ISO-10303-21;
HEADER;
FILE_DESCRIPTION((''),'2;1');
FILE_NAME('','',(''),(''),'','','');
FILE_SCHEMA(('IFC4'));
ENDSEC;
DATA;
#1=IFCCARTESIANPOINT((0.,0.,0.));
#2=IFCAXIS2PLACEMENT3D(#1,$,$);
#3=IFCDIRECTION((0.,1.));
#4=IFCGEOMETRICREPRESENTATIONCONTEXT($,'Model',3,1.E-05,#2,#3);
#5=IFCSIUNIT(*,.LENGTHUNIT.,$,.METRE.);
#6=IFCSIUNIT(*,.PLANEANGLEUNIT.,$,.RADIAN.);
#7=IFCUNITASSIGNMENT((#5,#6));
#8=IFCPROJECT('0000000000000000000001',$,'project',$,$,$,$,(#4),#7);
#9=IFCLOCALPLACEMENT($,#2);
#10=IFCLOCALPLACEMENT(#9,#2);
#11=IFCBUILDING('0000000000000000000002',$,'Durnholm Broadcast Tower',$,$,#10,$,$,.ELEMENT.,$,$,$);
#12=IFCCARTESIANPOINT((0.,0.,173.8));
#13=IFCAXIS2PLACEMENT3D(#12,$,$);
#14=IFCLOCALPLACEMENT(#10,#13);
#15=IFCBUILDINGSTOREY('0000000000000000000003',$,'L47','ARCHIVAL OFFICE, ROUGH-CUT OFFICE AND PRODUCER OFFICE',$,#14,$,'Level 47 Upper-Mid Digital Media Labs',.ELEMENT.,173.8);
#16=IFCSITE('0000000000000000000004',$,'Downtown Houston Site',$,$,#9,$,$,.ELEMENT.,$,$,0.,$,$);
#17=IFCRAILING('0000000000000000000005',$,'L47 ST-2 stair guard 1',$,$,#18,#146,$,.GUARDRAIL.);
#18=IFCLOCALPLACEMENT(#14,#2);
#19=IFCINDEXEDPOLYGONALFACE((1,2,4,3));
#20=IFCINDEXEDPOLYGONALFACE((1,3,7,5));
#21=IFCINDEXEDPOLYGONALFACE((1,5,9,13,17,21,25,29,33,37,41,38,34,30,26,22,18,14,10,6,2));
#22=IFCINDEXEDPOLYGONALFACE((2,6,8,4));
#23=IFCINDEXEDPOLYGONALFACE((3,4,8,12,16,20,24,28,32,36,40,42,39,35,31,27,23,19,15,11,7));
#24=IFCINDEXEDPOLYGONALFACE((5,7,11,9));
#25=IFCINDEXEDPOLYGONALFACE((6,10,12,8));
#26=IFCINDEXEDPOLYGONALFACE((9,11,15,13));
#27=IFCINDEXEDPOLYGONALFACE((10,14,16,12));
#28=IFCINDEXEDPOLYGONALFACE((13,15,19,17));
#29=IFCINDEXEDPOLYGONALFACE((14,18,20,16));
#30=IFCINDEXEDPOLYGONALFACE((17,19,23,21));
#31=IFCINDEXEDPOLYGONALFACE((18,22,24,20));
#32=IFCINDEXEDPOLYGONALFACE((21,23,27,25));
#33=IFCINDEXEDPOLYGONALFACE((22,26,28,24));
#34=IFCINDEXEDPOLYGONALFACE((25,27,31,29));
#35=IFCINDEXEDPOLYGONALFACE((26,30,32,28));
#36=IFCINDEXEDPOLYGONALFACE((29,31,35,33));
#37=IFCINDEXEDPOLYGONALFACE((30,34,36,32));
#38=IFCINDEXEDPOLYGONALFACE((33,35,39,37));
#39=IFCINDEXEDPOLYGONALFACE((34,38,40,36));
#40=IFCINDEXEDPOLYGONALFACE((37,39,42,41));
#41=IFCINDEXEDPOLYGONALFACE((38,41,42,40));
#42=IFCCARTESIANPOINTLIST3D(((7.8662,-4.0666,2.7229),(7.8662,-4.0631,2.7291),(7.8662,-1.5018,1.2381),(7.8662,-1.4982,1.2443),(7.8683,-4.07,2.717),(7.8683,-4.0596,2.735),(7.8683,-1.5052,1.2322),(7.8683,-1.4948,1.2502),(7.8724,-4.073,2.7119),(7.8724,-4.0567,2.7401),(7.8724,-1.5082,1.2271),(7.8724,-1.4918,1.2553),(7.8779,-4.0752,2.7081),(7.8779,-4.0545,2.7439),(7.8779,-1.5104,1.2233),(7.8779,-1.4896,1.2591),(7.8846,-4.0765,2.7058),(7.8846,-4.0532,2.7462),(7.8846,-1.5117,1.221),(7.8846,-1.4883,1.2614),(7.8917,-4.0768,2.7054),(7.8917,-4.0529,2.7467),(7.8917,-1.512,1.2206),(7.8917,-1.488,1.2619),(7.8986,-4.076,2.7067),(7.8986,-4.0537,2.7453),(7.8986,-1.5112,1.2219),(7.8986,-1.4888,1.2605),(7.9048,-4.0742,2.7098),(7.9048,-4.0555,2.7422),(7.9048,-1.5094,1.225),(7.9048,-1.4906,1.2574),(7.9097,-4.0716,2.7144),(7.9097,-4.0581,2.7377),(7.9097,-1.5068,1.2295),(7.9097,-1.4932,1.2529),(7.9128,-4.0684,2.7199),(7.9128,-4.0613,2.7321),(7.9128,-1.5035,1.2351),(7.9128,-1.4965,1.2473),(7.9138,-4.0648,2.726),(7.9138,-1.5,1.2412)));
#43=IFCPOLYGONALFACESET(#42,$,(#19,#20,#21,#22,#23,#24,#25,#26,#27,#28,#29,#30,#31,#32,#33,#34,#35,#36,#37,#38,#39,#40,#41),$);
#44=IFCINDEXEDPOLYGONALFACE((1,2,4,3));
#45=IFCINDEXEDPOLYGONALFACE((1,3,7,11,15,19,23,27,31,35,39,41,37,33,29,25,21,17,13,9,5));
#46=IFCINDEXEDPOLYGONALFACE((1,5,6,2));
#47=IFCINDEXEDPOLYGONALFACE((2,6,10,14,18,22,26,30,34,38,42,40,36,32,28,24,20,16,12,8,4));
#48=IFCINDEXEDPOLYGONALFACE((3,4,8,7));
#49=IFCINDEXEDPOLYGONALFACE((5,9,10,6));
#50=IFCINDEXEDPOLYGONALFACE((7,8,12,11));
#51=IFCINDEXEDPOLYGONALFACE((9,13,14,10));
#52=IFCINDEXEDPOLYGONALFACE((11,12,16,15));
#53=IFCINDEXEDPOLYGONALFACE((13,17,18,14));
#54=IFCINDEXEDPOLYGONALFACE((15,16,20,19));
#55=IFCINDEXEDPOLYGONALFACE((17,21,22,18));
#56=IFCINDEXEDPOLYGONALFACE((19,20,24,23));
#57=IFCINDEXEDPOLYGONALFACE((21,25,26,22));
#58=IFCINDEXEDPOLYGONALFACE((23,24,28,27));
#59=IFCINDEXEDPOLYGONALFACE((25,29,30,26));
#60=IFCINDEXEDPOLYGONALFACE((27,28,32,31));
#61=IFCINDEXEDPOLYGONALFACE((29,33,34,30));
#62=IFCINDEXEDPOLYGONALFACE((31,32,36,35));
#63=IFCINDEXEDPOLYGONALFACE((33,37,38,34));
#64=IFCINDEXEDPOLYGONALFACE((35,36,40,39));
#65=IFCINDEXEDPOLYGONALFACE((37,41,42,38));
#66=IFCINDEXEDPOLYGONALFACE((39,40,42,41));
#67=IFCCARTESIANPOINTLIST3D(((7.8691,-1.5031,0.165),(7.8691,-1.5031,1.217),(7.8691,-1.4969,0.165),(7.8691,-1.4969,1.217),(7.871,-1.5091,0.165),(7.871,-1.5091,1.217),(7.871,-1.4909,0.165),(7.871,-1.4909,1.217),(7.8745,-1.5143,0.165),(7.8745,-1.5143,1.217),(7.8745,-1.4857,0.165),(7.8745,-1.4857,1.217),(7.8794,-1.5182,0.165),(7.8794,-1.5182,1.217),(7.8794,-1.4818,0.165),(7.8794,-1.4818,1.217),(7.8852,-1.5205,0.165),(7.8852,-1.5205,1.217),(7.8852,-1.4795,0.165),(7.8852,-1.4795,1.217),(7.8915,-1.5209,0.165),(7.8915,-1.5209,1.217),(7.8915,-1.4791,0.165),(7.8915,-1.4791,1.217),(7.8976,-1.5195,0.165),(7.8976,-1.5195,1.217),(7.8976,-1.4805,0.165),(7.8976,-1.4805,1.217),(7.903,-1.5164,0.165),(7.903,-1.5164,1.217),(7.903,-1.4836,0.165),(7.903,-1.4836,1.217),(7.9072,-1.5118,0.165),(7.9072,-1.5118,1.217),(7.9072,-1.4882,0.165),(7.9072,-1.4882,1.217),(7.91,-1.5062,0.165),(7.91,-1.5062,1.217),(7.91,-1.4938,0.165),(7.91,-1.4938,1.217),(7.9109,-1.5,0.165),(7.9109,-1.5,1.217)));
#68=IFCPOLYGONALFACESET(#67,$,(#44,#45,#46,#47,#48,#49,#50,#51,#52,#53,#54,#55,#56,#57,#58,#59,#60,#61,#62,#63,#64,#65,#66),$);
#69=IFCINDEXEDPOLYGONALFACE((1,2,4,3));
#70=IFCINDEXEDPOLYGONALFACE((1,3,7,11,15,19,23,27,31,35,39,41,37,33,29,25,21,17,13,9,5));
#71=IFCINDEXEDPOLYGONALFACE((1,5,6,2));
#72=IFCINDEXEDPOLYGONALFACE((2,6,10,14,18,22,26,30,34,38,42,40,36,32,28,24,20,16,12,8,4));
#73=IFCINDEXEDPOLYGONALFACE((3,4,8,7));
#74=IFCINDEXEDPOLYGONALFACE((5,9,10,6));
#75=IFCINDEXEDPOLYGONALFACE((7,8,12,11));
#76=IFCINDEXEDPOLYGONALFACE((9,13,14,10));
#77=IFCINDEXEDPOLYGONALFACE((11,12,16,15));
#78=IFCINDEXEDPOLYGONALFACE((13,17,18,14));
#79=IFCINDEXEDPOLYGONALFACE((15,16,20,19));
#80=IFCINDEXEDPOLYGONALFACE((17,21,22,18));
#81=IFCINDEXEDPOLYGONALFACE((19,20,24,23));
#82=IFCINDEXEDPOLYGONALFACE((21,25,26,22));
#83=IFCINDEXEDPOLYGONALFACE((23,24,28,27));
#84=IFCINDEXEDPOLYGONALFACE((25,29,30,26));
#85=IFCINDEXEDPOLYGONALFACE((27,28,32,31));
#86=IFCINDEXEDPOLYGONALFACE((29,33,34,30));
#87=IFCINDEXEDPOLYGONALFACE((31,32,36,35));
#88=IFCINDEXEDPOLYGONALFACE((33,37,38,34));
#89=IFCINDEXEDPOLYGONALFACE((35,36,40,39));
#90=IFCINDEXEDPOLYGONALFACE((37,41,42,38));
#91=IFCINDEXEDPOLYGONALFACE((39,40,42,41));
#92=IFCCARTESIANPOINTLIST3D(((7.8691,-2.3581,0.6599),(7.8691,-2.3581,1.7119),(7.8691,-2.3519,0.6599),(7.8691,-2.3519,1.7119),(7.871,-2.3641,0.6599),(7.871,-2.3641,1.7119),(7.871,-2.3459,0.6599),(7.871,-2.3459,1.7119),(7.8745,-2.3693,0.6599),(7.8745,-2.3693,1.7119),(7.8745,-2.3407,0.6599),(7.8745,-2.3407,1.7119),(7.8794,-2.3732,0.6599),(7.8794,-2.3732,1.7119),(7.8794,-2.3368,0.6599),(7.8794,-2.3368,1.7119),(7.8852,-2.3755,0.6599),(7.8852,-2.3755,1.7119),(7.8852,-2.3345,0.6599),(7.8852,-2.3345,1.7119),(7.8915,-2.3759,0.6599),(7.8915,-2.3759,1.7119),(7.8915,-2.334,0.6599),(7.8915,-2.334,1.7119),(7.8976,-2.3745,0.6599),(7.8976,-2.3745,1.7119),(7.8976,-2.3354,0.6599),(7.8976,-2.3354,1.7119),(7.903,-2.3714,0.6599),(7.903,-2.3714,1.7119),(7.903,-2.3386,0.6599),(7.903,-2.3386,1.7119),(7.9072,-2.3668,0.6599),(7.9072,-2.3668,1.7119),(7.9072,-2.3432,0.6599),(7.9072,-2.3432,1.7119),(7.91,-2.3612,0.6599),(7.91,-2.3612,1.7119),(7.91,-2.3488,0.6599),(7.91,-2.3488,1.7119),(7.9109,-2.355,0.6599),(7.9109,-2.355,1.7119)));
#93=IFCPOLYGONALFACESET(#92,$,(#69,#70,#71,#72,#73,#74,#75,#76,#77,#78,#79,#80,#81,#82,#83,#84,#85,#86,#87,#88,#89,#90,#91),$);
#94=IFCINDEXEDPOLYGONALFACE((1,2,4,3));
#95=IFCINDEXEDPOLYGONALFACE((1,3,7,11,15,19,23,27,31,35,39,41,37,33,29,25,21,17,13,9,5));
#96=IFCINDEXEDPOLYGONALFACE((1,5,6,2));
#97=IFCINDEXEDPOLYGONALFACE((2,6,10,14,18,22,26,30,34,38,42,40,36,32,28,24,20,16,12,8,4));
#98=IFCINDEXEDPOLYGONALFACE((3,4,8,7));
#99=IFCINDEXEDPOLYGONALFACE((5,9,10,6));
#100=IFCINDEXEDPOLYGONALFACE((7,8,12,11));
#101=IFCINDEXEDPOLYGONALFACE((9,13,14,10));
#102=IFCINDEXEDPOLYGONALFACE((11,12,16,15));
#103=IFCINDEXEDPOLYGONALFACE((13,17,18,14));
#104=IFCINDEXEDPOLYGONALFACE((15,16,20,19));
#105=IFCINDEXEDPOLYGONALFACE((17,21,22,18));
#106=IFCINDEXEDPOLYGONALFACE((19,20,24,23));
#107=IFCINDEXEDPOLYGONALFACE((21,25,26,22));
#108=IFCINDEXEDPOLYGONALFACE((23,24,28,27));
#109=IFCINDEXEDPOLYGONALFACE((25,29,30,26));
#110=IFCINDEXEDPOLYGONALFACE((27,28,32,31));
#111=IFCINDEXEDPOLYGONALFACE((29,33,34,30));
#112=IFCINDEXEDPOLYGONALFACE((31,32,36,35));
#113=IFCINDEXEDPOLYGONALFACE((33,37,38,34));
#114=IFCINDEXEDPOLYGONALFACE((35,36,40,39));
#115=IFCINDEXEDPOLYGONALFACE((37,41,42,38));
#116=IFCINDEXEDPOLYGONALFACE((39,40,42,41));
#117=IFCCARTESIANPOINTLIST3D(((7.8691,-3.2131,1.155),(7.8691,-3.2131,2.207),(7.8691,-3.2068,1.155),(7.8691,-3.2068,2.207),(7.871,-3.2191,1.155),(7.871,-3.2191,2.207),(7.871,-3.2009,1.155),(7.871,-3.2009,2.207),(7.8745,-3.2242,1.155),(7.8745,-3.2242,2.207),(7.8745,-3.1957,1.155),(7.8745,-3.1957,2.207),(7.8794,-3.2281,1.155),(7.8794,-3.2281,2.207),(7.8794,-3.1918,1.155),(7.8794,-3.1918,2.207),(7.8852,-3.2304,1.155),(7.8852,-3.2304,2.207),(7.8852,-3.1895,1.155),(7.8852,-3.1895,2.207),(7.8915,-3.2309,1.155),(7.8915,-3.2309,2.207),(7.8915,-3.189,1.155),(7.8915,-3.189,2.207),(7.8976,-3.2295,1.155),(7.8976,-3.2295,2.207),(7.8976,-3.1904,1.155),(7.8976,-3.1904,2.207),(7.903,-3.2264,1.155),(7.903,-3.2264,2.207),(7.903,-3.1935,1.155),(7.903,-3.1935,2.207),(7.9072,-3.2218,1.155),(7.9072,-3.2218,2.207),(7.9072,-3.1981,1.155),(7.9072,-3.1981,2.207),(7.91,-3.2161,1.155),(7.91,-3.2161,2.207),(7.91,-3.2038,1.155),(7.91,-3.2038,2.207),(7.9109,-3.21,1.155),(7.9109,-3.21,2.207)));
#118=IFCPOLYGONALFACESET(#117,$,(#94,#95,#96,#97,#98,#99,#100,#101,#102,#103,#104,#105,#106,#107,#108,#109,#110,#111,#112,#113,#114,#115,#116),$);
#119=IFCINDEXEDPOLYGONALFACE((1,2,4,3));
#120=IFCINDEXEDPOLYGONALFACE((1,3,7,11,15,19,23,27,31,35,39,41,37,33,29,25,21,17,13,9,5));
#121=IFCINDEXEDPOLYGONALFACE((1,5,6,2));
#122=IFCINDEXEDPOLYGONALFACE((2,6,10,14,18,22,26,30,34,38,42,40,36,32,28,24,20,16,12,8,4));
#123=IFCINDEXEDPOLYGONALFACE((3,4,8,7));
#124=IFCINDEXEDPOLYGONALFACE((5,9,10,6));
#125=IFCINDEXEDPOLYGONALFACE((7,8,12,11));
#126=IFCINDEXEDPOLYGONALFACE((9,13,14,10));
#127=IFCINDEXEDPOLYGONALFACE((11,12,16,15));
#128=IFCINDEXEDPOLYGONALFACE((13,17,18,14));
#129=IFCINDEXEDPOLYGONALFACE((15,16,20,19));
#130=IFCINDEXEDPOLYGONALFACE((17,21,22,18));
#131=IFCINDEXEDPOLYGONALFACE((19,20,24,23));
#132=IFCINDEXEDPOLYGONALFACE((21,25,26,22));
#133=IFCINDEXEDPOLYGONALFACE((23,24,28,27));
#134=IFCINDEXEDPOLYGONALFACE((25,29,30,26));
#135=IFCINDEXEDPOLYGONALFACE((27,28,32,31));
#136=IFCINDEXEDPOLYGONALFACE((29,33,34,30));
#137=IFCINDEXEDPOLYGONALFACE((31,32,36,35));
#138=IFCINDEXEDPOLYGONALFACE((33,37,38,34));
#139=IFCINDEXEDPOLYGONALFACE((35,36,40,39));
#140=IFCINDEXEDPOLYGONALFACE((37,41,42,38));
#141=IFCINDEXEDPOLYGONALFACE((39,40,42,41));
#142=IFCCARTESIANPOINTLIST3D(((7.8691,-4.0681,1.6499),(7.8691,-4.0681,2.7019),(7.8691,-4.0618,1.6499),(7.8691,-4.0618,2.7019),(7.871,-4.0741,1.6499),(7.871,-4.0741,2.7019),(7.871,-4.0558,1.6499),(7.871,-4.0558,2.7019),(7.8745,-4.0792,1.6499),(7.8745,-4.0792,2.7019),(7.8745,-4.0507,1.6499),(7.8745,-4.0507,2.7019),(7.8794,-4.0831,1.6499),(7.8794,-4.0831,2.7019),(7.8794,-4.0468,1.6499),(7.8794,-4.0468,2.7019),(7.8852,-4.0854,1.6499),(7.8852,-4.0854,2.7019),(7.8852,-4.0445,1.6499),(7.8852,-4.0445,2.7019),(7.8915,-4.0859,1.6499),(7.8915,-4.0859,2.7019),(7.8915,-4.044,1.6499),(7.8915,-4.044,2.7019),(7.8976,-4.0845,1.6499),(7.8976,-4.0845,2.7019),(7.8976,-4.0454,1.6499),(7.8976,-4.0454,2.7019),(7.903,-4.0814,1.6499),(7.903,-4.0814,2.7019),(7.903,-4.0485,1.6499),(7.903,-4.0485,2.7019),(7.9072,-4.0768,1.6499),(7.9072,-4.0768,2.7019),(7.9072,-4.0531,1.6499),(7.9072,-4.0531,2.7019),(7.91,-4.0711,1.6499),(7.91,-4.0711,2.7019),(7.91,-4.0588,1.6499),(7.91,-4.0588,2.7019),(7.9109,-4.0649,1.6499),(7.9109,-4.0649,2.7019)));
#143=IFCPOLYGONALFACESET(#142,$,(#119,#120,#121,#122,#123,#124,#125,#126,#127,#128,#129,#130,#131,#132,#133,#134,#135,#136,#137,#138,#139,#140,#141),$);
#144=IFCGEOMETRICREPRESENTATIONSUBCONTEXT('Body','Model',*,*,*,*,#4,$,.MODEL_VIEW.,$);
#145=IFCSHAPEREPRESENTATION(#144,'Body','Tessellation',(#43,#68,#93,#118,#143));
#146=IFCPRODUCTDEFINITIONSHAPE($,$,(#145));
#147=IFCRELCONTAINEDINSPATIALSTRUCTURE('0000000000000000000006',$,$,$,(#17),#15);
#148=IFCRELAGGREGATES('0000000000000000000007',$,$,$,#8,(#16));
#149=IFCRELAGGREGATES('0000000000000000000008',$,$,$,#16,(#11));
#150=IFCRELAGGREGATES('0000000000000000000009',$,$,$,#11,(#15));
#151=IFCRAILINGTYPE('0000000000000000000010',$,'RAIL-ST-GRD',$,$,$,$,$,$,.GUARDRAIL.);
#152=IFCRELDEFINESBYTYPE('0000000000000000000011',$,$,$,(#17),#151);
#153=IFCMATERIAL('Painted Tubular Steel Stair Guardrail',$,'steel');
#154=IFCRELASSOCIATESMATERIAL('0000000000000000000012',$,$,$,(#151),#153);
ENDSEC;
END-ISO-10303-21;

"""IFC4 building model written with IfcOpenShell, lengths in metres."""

from ifc_helpers import new_model, si_unit, direction, frame, origin, origin_2d, place, context, subcontext, project, spatial, circle, extrude, material, type_object, element, save


model = new_model("IFC4")

# Units and contexts
model_context = context("Model", 3, precision=1e-05, world=origin(), true_north=direction((0.0, 1.0)))
body_context = subcontext(model_context, "Body", "Model", "MODEL_VIEW")
ifc_project = project(units=[si_unit("LENGTHUNIT", "METRE"), si_unit("PLANEANGLEUNIT", "RADIAN")], contexts=[model_context])

# Site, building, storey
site_placement = place(None, origin())
site = spatial("IfcSite", under=ifc_project, at=site_placement, Name="Downtown Houston Site", CompositionType="ELEMENT", RefElevation=0.0)
building_placement = place(site_placement, origin())
building = spatial("IfcBuilding", under=site, at=building_placement, Name="Durnholm Broadcast Tower", CompositionType="ELEMENT")
storey_placement = place(building_placement, frame((0.0, 0.0, 173.8)))
storey = spatial("IfcBuildingStorey", under=building, at=storey_placement, Name="L47", Description="ARCHIVAL OFFICE, ROUGH-CUT OFFICE AND PRODUCER OFFICE", LongName="Level 47 Upper-Mid Digital Media Labs", CompositionType="ELEMENT", Elevation=173.8)

# Railing
ifc_material_1 = material(Name="Painted Tubular Steel Stair Guardrail", Category="steel")
railing_type = type_object("IfcRailingType", Name="RAIL-ST-GRD", PredefinedType="GUARDRAIL", material=ifc_material_1)
railing_1_placement = place(storey_placement, frame((7.8899, -1.5, 0.165)))
element("IfcRailing", 1, at=railing_1_placement, inside=storey, type_object=railing_type, Name="L47 ST-2 stair guard 1", PredefinedType="GUARDRAIL", context=body_context, shape_type="SweptSolid", body=[
    extrude(circle(Radius=0.0239, at=origin_2d()), frame((0.0, 0.0, 1.0762), z_axis=(0.0, -0.865441, 0.50101), x_axis=(1.0, 0.0, 0.0)), (0.0, 0.0, 1.0), 2.9636),
    extrude(circle(Radius=0.021, at=origin_2d()), origin(), (0.0, 0.0, 1.0), 1.052),
    extrude(circle(Radius=0.021, at=origin_2d()), frame((0.0, -0.855, 0.4949)), (0.0, 0.0, 1.0), 1.052),
    extrude(circle(Radius=0.021, at=origin_2d()), frame((0.0, -1.71, 0.99)), (0.0, 0.0, 1.0), 1.052),
    extrude(circle(Radius=0.021, at=origin_2d()), frame((0.0, -2.5649, 1.4849)), (0.0, 0.0, 1.0), 1.052),
])

save(model, "model.ifc")
